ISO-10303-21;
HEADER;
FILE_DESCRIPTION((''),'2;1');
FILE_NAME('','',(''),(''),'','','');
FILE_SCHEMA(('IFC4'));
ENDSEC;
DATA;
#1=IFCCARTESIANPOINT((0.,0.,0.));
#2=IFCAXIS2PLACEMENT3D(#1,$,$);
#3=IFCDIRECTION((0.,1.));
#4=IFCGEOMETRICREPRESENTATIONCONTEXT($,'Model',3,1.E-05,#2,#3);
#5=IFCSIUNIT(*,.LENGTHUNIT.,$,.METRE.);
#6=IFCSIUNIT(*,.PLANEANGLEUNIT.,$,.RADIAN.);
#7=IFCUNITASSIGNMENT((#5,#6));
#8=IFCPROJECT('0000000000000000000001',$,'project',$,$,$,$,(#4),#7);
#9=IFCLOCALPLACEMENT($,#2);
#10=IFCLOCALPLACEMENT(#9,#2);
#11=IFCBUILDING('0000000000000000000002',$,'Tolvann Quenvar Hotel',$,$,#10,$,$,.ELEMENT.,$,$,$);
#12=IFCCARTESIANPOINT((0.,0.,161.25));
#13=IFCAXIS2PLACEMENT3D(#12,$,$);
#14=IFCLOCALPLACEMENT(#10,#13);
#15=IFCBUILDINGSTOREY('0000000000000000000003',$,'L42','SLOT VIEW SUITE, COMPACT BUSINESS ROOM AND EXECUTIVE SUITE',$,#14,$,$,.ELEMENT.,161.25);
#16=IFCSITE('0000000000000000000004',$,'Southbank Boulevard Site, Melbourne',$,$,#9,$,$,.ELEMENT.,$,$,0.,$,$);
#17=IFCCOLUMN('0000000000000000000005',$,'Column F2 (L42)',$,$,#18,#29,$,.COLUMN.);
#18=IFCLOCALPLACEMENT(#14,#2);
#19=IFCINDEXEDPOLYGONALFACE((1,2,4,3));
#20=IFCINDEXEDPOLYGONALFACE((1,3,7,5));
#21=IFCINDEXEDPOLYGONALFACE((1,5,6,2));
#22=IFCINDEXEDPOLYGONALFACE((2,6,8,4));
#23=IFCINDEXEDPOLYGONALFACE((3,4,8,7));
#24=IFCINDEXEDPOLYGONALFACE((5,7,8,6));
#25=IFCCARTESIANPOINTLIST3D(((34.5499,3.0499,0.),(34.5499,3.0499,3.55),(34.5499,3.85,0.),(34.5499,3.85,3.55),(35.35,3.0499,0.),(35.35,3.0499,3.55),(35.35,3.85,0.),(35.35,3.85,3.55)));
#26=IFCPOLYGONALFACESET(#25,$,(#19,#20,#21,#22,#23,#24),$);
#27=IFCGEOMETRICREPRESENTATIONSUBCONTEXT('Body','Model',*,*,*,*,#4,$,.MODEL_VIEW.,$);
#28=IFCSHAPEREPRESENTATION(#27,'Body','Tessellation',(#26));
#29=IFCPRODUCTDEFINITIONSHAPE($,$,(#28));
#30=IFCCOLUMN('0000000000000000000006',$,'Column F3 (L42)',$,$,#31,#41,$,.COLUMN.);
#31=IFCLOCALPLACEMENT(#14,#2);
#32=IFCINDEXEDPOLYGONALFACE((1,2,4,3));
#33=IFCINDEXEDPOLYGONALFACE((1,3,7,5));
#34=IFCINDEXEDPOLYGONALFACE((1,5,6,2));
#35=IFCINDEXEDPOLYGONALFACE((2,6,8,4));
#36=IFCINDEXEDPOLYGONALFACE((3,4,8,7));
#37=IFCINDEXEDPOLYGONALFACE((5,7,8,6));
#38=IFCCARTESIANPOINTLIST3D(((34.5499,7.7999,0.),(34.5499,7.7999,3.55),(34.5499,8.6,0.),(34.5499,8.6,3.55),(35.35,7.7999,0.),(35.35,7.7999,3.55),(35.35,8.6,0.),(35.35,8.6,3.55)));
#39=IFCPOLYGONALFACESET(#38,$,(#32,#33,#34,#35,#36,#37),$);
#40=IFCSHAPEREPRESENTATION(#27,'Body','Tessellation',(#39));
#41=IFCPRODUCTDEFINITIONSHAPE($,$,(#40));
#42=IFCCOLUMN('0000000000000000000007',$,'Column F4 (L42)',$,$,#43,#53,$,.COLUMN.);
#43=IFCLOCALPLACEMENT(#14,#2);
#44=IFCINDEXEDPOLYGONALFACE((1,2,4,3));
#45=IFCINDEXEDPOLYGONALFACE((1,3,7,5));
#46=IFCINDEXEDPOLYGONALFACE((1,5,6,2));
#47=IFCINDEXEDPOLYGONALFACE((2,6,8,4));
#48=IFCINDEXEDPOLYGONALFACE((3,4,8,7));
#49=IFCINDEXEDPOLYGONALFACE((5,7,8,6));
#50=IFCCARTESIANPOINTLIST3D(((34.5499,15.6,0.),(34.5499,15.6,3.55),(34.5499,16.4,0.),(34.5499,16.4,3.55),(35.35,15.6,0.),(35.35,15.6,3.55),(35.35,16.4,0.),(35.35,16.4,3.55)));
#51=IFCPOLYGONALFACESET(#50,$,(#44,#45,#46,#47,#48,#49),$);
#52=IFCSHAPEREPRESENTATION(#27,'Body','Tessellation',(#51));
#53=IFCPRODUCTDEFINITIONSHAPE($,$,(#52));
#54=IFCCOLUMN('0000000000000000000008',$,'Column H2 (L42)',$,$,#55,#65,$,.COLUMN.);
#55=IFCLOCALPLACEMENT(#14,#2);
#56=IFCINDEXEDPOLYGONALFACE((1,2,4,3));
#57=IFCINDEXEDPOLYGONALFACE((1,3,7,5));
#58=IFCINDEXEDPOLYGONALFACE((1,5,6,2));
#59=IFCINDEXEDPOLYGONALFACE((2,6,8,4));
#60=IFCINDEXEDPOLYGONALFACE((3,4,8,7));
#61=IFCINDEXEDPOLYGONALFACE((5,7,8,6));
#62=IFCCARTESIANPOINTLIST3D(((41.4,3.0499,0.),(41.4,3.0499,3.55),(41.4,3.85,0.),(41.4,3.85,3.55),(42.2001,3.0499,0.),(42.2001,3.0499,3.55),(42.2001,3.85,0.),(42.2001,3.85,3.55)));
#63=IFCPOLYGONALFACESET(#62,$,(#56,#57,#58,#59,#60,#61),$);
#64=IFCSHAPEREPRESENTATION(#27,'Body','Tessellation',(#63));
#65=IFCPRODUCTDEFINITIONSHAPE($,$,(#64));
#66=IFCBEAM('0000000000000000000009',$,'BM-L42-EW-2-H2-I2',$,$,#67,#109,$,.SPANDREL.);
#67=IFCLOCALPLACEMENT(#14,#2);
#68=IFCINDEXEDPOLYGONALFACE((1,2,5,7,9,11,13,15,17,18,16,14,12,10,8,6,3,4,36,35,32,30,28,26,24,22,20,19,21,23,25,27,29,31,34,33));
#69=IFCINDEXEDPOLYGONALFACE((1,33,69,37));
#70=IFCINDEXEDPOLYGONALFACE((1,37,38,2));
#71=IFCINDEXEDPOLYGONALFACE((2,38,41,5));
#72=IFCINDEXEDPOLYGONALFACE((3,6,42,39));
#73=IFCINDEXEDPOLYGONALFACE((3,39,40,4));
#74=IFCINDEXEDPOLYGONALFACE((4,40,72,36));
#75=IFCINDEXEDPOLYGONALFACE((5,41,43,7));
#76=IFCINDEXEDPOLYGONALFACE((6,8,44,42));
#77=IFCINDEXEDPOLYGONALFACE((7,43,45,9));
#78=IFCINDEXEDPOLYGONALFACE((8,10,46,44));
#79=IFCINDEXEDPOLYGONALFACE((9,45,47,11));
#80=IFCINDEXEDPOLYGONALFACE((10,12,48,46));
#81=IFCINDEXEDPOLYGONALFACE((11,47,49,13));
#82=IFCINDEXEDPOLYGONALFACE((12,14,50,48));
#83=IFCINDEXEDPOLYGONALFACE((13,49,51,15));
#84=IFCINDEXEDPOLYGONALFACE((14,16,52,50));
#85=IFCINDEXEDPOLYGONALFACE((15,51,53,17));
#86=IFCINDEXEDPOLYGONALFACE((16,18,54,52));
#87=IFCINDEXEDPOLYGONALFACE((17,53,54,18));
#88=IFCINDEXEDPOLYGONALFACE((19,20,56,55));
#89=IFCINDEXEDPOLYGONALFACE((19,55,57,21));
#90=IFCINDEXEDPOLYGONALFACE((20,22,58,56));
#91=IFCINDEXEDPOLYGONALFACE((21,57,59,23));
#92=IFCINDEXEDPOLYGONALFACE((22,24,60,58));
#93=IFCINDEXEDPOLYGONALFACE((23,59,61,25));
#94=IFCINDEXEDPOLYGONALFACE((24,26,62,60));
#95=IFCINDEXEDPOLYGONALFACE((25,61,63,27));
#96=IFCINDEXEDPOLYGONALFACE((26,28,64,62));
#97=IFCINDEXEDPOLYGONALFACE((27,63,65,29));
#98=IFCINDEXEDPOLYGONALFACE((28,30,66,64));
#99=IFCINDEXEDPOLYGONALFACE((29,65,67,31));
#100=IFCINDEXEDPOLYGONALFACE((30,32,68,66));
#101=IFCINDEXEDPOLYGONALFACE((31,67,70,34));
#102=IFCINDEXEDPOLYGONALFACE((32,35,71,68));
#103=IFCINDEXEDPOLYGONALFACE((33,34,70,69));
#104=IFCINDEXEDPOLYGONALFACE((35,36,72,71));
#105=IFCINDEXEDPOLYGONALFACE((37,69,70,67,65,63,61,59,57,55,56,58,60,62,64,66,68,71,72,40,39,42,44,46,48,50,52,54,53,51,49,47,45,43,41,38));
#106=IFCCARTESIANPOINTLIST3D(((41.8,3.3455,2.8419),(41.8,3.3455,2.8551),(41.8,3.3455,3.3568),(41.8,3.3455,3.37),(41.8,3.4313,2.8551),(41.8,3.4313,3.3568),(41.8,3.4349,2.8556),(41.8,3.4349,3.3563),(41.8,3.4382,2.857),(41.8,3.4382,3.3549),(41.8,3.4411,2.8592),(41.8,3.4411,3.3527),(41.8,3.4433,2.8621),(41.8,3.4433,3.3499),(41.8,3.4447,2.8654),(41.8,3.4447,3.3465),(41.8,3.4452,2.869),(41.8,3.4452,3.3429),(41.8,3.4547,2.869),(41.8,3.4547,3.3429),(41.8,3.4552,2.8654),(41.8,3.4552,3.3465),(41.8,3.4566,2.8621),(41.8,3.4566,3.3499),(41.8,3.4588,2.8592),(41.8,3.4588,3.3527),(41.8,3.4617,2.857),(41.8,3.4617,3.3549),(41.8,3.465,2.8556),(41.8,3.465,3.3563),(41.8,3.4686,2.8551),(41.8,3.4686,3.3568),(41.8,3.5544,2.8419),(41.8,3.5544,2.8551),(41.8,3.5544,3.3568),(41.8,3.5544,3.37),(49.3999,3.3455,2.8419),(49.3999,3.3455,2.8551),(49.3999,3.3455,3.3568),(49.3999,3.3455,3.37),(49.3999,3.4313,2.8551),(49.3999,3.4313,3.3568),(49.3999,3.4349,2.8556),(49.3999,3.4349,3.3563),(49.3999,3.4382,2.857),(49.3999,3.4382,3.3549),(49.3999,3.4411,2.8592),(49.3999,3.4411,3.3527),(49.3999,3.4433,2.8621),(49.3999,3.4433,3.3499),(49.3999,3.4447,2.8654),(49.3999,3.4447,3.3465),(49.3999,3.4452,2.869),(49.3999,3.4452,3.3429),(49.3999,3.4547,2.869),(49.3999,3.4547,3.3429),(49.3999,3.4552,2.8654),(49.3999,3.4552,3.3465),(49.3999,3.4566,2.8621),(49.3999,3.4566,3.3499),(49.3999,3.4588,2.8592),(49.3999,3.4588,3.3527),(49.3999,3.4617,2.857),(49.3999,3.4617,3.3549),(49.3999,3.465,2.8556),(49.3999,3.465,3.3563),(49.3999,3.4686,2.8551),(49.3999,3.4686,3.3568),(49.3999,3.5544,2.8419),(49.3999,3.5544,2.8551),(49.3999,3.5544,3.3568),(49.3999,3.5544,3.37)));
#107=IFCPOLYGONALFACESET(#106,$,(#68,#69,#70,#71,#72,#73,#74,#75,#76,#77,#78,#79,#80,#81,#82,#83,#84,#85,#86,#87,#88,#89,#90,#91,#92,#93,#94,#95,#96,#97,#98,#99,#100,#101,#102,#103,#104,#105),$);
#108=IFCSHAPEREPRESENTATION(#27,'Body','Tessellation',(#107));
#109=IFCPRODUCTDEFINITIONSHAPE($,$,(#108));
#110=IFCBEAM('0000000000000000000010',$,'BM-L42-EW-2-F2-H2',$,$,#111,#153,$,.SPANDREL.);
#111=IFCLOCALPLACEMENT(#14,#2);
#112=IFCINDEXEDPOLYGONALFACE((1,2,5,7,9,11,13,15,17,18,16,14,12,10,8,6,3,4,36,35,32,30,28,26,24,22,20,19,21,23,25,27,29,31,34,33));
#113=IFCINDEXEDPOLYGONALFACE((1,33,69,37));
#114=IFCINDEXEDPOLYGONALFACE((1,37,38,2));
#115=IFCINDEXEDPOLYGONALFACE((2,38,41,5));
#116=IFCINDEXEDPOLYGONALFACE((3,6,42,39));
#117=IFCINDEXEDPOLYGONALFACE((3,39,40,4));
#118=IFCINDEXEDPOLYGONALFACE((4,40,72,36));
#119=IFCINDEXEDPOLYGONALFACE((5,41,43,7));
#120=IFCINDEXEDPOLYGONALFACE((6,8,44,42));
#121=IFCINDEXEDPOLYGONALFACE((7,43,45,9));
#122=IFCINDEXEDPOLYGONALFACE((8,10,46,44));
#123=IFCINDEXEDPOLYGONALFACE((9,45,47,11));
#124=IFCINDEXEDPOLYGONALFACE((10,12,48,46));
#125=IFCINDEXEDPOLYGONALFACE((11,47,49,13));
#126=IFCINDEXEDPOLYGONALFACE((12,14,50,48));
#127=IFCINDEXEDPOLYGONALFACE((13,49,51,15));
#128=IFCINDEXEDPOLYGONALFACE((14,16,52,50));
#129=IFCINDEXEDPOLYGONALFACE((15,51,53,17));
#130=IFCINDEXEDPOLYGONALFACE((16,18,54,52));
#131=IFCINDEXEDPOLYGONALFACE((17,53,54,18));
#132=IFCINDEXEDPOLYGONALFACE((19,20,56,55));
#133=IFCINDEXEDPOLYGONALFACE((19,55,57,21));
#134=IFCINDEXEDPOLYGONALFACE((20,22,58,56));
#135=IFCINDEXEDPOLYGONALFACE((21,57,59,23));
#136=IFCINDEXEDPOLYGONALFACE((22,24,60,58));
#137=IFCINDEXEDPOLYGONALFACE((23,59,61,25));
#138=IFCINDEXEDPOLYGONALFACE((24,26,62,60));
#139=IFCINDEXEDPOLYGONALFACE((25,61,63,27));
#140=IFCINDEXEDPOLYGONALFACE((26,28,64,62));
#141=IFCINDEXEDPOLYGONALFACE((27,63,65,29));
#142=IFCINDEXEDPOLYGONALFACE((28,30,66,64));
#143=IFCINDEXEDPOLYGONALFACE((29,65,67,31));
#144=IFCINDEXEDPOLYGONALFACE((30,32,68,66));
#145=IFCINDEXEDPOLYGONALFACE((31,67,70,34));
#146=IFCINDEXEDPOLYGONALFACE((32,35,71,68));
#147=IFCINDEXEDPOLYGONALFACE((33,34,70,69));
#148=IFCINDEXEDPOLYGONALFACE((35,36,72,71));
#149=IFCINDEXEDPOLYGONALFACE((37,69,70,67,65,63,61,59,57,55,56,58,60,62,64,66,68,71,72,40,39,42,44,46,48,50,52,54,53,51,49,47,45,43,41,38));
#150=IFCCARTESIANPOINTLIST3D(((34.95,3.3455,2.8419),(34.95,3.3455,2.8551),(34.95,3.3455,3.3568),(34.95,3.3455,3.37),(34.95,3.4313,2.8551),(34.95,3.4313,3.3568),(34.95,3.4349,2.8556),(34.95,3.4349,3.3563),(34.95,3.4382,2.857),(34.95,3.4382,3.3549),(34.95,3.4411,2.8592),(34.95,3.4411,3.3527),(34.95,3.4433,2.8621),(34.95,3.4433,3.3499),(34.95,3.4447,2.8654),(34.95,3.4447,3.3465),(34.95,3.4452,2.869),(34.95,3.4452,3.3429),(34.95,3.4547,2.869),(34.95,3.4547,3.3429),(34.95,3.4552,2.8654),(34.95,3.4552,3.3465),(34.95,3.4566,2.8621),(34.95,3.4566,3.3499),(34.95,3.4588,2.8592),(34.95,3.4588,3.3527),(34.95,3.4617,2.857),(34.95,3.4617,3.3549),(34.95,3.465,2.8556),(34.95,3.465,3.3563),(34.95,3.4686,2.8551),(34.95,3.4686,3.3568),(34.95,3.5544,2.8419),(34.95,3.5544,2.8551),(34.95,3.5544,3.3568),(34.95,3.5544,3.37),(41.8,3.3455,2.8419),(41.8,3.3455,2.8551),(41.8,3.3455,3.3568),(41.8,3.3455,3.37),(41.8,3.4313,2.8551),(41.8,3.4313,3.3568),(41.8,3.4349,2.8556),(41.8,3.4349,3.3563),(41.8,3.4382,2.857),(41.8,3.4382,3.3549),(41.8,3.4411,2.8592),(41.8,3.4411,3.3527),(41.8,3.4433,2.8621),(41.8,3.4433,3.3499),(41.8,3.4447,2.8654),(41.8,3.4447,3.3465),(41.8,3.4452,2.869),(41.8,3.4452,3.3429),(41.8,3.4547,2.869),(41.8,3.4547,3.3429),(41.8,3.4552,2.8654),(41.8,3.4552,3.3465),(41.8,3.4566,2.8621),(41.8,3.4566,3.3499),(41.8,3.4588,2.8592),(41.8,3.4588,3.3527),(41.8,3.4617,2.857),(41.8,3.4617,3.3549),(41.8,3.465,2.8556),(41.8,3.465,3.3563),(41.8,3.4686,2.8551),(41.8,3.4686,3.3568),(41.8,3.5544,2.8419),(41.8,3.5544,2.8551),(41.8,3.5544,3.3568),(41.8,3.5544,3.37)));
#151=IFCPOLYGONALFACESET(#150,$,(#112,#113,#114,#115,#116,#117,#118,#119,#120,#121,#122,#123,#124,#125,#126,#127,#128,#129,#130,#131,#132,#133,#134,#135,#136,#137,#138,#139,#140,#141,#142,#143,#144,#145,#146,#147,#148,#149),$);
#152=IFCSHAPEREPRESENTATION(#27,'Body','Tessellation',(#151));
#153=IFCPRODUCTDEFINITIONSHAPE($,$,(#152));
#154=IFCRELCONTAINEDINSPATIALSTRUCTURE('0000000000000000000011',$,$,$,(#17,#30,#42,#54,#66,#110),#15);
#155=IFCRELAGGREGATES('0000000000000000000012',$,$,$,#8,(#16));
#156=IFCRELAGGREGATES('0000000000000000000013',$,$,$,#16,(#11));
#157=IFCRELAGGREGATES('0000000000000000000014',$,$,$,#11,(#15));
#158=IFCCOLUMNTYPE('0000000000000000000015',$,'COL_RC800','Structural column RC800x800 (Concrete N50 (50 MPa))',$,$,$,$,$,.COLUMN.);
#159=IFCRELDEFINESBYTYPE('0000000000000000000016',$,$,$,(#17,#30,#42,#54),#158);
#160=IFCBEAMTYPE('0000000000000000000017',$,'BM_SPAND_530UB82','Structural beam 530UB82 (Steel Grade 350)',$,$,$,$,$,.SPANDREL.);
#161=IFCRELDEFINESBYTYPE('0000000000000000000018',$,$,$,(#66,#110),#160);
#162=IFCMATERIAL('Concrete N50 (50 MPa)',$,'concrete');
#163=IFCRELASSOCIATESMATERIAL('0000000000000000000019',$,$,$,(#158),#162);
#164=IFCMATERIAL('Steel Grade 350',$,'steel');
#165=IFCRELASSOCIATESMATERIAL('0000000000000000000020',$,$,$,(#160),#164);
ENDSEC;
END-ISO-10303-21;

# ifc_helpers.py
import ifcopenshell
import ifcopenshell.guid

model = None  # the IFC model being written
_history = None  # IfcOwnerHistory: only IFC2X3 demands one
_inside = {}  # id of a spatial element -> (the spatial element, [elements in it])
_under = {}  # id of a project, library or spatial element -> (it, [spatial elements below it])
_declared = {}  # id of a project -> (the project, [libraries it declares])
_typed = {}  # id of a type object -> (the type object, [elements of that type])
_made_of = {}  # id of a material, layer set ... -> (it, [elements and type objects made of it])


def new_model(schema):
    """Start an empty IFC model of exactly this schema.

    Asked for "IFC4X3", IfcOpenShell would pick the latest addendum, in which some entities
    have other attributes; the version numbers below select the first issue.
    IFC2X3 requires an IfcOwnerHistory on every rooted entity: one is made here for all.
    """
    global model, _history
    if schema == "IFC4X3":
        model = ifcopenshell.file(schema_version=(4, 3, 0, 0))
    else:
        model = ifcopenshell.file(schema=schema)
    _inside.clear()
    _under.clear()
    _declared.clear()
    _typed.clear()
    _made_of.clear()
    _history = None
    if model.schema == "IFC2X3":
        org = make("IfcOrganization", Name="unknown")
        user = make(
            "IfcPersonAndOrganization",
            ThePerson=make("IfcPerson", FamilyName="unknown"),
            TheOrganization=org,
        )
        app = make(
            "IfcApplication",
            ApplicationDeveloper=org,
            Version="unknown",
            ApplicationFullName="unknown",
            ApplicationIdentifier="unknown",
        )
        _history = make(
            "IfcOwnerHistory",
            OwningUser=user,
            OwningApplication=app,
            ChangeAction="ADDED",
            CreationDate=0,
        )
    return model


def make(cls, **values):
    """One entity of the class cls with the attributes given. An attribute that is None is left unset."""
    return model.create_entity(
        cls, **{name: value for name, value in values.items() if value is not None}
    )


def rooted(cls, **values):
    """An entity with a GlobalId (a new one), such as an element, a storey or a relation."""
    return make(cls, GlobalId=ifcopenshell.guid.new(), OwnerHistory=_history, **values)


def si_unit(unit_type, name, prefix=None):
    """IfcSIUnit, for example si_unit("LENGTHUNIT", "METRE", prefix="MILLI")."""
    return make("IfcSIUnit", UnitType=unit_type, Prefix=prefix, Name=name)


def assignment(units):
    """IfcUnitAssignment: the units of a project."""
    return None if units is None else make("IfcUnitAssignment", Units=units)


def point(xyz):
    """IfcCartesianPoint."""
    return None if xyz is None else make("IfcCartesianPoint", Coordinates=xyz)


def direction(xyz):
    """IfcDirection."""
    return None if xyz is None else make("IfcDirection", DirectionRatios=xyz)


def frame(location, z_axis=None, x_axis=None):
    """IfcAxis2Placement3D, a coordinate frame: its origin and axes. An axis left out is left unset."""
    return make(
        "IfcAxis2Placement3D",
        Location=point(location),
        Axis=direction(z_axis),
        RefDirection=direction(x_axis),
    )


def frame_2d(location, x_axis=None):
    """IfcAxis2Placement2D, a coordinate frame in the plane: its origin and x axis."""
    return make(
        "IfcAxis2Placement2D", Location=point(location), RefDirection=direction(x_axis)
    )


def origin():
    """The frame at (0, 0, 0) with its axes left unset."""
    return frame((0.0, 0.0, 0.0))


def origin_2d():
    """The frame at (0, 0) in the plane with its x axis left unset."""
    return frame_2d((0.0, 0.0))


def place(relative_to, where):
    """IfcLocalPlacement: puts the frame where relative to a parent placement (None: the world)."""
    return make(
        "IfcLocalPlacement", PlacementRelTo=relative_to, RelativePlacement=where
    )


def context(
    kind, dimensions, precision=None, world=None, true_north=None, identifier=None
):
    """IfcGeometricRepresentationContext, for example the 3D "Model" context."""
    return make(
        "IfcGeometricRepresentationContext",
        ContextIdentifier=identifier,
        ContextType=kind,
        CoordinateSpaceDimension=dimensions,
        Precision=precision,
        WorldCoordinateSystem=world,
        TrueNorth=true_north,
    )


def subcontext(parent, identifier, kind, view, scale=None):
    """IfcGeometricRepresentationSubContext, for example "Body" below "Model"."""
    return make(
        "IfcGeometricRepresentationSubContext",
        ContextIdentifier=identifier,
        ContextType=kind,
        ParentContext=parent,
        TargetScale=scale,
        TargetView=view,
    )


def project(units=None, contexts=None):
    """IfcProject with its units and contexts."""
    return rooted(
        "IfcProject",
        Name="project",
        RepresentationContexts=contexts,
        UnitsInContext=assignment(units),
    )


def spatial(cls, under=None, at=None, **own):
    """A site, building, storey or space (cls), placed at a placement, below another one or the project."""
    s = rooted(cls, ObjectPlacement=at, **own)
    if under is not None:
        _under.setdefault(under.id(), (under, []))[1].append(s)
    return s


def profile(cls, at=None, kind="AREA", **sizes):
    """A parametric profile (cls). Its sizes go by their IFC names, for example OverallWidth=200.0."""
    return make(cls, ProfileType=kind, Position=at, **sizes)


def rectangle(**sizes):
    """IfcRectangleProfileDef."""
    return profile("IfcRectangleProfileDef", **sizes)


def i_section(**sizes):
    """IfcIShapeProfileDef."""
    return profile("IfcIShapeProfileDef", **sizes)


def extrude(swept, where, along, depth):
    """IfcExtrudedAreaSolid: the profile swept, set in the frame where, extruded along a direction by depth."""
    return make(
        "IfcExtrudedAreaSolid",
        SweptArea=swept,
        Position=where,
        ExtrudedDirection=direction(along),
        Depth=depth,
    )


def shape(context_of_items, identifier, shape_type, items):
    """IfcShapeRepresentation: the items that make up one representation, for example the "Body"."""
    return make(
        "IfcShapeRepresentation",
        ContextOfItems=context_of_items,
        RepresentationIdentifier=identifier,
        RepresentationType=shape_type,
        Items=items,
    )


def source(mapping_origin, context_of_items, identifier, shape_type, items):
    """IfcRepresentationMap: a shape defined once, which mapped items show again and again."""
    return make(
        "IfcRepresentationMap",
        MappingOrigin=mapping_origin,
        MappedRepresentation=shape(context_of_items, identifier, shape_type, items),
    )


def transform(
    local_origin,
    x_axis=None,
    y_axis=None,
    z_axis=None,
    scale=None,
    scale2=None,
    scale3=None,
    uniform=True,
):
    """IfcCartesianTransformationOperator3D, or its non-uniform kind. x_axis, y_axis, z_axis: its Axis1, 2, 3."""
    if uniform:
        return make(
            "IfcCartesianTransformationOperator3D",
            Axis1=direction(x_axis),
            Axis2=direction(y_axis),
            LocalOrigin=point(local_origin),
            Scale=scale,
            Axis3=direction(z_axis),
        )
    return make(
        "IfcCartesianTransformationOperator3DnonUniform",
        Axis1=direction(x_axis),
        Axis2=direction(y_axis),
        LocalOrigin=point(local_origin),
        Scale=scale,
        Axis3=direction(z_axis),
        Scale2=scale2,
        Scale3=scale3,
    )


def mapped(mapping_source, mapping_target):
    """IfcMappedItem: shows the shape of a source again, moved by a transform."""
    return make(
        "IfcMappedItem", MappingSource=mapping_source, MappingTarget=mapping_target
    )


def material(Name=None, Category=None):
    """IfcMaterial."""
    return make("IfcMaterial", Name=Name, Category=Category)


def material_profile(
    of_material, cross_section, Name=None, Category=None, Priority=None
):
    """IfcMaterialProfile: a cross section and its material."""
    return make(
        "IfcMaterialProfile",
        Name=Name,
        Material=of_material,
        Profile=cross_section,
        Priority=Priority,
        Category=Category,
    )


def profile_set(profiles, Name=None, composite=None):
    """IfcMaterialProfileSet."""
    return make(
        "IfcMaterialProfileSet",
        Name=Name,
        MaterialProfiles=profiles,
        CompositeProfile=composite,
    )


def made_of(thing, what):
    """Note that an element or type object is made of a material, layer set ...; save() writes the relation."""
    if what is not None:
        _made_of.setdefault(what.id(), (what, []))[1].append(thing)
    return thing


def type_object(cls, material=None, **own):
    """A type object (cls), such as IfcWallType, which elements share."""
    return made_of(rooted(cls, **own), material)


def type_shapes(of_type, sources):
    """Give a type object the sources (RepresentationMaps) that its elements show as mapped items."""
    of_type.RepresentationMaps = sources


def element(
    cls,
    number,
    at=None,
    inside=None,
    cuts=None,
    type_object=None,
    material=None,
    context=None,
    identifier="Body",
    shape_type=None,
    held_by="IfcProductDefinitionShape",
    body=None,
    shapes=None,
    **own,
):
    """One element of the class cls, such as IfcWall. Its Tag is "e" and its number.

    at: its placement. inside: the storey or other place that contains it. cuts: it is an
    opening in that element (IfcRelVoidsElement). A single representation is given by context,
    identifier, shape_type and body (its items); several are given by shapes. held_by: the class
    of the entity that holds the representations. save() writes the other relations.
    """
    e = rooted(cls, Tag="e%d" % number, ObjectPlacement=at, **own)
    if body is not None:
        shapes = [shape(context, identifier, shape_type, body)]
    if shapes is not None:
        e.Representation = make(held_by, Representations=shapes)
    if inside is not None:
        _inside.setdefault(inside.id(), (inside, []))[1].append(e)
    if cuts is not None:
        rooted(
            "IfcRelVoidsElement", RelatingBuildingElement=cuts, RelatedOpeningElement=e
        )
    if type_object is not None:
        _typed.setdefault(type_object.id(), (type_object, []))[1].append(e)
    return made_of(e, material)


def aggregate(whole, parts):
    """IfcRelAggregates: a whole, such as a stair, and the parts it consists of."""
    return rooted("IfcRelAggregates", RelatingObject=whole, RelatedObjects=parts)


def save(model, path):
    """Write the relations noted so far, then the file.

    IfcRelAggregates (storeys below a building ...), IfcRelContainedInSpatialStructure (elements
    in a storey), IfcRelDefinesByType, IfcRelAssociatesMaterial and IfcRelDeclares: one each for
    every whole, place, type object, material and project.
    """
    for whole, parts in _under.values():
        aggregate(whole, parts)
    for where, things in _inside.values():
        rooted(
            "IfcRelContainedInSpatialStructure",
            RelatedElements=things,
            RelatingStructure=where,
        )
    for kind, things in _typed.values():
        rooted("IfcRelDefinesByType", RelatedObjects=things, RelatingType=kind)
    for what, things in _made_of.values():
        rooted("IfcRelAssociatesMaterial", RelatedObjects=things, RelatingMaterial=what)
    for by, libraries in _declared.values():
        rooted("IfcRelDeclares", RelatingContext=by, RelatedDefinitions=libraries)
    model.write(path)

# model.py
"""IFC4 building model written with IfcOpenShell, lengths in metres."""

from ifc_helpers import new_model, si_unit, direction, frame, origin, origin_2d, place, context, subcontext, project, spatial, rectangle, i_section, extrude, source, transform, mapped, material, material_profile, profile_set, type_object, type_shapes, element, save


model = new_model("IFC4")

# Units and contexts
model_context = context("Model", 3, precision=1e-05, world=origin(), true_north=direction((0.0, 1.0)))
body_context = subcontext(model_context, "Body", "Model", "MODEL_VIEW")
ifc_project = project(units=[si_unit("LENGTHUNIT", "METRE"), si_unit("PLANEANGLEUNIT", "RADIAN")], contexts=[model_context])

# Site, building, storey
site_placement = place(None, origin())
site = spatial("IfcSite", under=ifc_project, at=site_placement, Name="Southbank Boulevard Site, Melbourne", CompositionType="ELEMENT", RefElevation=0.0)
building_placement = place(site_placement, origin())
building = spatial("IfcBuilding", under=site, at=building_placement, Name="Tolvann Quenvar Hotel", CompositionType="ELEMENT")
storey_placement = place(building_placement, frame((0.0, 0.0, 161.25)))
storey = spatial("IfcBuildingStorey", under=building, at=storey_placement, Name="L42", Description="SLOT VIEW SUITE, COMPACT BUSINESS ROOM AND EXECUTIVE SUITE", CompositionType="ELEMENT", Elevation=161.25)

# Columns
ifc_material_1 = material(Name="Concrete N50 (50 MPa)", Category="concrete")
ifc_material_profile_1 = material_profile(ifc_material_1, rectangle(XDim=0.8, YDim=0.8, at=origin_2d()), Name="RC800x800")
ifc_profile_set_1 = profile_set([ifc_material_profile_1], Name="Concrete N50 (50 MPa)")
column_type = type_object("IfcColumnType", Name="COL_RC800", Description="Structural column RC800x800 (Concrete N50 (50 MPa))", PredefinedType="COLUMN", material=ifc_profile_set_1)
shared_shape_1 = source(origin(), body_context, "Body", "SweptSolid", [
    extrude(rectangle(XDim=0.8, YDim=0.8, at=origin_2d()), origin(), (0.0, 0.0, 1.0), 3.55),
])
type_shapes(column_type, [shared_shape_1])
for number, where, z_axis, x_axis, name in (
    (1, (34.95, 3.45, 0.0), (0.0, 0.0, 1.0), (1.0, 0.0, 0.0), "Column F2 (L42)"),
    (2, (34.95, 8.2, 0.0), (0.0, 0.0, 1.0), (1.0, 0.0, 0.0), "Column F3 (L42)"),
    (3, (34.95, 16.0, 0.0), (0.0, 0.0, 1.0), (1.0, 0.0, 0.0), "Column F4 (L42)"),
    (4, (41.8, 3.45, 0.0), (0.0, 0.0, 1.0), (1.0, 0.0, 0.0), "Column H2 (L42)"),
):
    element("IfcColumn", number, at=place(storey_placement, frame(where, z_axis=z_axis, x_axis=x_axis)), inside=storey, type_object=column_type, Name=name, PredefinedType="COLUMN", context=body_context, shape_type="MappedRepresentation", body=[
        mapped(shared_shape_1, transform((0.0, 0.0, 0.0), x_axis=(1.0, 0.0, 0.0), y_axis=(0.0, 1.0, 0.0), z_axis=(0.0, 0.0, 1.0), scale=1.0)),
    ])

# Beams
ifc_material_2 = material(Name="Steel Grade 350", Category="steel")
ifc_material_profile_2 = material_profile(ifc_material_2, i_section(OverallWidth=0.209, OverallDepth=0.5281, WebThickness=0.0095, FlangeThickness=0.0132, FilletRadius=0.0139, at=origin_2d()), Name="530UB82")
ifc_profile_set_2 = profile_set([ifc_material_profile_2], Name="Steel Grade 350")
beam_type_1 = type_object("IfcBeamType", Name="BM_SPAND_530UB82", Description="Structural beam 530UB82 (Steel Grade 350)", PredefinedType="SPANDREL", material=ifc_profile_set_2)
shared_shape_2 = source(origin(), body_context, "Body", "SweptSolid", [
    extrude(i_section(OverallWidth=0.209, OverallDepth=0.5281, WebThickness=0.0095, FlangeThickness=0.0132, FilletRadius=0.0139, at=origin_2d()), origin(), (0.0, 0.0, 1.0), 7.5999),
])
beam_1_placement = place(storey_placement, frame((41.8, 3.45, 3.106), z_axis=(1.0, 0.0, 0.0), x_axis=(0.0, 1.0, 0.0)))
element("IfcBeam", 5, at=beam_1_placement, inside=storey, type_object=beam_type_1, Name="BM-L42-EW-2-H2-I2", PredefinedType="SPANDREL", context=body_context, shape_type="MappedRepresentation", body=[
    mapped(shared_shape_2, transform((0.0, 0.0, 0.0), x_axis=(1.0, 0.0, 0.0), y_axis=(0.0, 1.0, 0.0), z_axis=(0.0, 0.0, 1.0), scale=1.0)),
])
shared_shape_3 = source(origin(), body_context, "Body", "SweptSolid", [
    extrude(i_section(OverallWidth=0.209, OverallDepth=0.5281, WebThickness=0.0095, FlangeThickness=0.0132, FilletRadius=0.0139, at=origin_2d()), origin(), (0.0, 0.0, 1.0), 6.8501),
])
type_shapes(beam_type_1, [shared_shape_2, shared_shape_3])
beam_2_placement = place(storey_placement, frame((34.95, 3.45, 3.106), z_axis=(1.0, 0.0, 0.0), x_axis=(0.0, 1.0, 0.0)))
element("IfcBeam", 6, at=beam_2_placement, inside=storey, type_object=beam_type_1, Name="BM-L42-EW-2-F2-H2", PredefinedType="SPANDREL", context=body_context, shape_type="MappedRepresentation", body=[
    mapped(shared_shape_3, transform((0.0, 0.0, 0.0), x_axis=(1.0, 0.0, 0.0), y_axis=(0.0, 1.0, 0.0), z_axis=(0.0, 0.0, 1.0), scale=1.0)),
])

save(model, "model.ifc")
